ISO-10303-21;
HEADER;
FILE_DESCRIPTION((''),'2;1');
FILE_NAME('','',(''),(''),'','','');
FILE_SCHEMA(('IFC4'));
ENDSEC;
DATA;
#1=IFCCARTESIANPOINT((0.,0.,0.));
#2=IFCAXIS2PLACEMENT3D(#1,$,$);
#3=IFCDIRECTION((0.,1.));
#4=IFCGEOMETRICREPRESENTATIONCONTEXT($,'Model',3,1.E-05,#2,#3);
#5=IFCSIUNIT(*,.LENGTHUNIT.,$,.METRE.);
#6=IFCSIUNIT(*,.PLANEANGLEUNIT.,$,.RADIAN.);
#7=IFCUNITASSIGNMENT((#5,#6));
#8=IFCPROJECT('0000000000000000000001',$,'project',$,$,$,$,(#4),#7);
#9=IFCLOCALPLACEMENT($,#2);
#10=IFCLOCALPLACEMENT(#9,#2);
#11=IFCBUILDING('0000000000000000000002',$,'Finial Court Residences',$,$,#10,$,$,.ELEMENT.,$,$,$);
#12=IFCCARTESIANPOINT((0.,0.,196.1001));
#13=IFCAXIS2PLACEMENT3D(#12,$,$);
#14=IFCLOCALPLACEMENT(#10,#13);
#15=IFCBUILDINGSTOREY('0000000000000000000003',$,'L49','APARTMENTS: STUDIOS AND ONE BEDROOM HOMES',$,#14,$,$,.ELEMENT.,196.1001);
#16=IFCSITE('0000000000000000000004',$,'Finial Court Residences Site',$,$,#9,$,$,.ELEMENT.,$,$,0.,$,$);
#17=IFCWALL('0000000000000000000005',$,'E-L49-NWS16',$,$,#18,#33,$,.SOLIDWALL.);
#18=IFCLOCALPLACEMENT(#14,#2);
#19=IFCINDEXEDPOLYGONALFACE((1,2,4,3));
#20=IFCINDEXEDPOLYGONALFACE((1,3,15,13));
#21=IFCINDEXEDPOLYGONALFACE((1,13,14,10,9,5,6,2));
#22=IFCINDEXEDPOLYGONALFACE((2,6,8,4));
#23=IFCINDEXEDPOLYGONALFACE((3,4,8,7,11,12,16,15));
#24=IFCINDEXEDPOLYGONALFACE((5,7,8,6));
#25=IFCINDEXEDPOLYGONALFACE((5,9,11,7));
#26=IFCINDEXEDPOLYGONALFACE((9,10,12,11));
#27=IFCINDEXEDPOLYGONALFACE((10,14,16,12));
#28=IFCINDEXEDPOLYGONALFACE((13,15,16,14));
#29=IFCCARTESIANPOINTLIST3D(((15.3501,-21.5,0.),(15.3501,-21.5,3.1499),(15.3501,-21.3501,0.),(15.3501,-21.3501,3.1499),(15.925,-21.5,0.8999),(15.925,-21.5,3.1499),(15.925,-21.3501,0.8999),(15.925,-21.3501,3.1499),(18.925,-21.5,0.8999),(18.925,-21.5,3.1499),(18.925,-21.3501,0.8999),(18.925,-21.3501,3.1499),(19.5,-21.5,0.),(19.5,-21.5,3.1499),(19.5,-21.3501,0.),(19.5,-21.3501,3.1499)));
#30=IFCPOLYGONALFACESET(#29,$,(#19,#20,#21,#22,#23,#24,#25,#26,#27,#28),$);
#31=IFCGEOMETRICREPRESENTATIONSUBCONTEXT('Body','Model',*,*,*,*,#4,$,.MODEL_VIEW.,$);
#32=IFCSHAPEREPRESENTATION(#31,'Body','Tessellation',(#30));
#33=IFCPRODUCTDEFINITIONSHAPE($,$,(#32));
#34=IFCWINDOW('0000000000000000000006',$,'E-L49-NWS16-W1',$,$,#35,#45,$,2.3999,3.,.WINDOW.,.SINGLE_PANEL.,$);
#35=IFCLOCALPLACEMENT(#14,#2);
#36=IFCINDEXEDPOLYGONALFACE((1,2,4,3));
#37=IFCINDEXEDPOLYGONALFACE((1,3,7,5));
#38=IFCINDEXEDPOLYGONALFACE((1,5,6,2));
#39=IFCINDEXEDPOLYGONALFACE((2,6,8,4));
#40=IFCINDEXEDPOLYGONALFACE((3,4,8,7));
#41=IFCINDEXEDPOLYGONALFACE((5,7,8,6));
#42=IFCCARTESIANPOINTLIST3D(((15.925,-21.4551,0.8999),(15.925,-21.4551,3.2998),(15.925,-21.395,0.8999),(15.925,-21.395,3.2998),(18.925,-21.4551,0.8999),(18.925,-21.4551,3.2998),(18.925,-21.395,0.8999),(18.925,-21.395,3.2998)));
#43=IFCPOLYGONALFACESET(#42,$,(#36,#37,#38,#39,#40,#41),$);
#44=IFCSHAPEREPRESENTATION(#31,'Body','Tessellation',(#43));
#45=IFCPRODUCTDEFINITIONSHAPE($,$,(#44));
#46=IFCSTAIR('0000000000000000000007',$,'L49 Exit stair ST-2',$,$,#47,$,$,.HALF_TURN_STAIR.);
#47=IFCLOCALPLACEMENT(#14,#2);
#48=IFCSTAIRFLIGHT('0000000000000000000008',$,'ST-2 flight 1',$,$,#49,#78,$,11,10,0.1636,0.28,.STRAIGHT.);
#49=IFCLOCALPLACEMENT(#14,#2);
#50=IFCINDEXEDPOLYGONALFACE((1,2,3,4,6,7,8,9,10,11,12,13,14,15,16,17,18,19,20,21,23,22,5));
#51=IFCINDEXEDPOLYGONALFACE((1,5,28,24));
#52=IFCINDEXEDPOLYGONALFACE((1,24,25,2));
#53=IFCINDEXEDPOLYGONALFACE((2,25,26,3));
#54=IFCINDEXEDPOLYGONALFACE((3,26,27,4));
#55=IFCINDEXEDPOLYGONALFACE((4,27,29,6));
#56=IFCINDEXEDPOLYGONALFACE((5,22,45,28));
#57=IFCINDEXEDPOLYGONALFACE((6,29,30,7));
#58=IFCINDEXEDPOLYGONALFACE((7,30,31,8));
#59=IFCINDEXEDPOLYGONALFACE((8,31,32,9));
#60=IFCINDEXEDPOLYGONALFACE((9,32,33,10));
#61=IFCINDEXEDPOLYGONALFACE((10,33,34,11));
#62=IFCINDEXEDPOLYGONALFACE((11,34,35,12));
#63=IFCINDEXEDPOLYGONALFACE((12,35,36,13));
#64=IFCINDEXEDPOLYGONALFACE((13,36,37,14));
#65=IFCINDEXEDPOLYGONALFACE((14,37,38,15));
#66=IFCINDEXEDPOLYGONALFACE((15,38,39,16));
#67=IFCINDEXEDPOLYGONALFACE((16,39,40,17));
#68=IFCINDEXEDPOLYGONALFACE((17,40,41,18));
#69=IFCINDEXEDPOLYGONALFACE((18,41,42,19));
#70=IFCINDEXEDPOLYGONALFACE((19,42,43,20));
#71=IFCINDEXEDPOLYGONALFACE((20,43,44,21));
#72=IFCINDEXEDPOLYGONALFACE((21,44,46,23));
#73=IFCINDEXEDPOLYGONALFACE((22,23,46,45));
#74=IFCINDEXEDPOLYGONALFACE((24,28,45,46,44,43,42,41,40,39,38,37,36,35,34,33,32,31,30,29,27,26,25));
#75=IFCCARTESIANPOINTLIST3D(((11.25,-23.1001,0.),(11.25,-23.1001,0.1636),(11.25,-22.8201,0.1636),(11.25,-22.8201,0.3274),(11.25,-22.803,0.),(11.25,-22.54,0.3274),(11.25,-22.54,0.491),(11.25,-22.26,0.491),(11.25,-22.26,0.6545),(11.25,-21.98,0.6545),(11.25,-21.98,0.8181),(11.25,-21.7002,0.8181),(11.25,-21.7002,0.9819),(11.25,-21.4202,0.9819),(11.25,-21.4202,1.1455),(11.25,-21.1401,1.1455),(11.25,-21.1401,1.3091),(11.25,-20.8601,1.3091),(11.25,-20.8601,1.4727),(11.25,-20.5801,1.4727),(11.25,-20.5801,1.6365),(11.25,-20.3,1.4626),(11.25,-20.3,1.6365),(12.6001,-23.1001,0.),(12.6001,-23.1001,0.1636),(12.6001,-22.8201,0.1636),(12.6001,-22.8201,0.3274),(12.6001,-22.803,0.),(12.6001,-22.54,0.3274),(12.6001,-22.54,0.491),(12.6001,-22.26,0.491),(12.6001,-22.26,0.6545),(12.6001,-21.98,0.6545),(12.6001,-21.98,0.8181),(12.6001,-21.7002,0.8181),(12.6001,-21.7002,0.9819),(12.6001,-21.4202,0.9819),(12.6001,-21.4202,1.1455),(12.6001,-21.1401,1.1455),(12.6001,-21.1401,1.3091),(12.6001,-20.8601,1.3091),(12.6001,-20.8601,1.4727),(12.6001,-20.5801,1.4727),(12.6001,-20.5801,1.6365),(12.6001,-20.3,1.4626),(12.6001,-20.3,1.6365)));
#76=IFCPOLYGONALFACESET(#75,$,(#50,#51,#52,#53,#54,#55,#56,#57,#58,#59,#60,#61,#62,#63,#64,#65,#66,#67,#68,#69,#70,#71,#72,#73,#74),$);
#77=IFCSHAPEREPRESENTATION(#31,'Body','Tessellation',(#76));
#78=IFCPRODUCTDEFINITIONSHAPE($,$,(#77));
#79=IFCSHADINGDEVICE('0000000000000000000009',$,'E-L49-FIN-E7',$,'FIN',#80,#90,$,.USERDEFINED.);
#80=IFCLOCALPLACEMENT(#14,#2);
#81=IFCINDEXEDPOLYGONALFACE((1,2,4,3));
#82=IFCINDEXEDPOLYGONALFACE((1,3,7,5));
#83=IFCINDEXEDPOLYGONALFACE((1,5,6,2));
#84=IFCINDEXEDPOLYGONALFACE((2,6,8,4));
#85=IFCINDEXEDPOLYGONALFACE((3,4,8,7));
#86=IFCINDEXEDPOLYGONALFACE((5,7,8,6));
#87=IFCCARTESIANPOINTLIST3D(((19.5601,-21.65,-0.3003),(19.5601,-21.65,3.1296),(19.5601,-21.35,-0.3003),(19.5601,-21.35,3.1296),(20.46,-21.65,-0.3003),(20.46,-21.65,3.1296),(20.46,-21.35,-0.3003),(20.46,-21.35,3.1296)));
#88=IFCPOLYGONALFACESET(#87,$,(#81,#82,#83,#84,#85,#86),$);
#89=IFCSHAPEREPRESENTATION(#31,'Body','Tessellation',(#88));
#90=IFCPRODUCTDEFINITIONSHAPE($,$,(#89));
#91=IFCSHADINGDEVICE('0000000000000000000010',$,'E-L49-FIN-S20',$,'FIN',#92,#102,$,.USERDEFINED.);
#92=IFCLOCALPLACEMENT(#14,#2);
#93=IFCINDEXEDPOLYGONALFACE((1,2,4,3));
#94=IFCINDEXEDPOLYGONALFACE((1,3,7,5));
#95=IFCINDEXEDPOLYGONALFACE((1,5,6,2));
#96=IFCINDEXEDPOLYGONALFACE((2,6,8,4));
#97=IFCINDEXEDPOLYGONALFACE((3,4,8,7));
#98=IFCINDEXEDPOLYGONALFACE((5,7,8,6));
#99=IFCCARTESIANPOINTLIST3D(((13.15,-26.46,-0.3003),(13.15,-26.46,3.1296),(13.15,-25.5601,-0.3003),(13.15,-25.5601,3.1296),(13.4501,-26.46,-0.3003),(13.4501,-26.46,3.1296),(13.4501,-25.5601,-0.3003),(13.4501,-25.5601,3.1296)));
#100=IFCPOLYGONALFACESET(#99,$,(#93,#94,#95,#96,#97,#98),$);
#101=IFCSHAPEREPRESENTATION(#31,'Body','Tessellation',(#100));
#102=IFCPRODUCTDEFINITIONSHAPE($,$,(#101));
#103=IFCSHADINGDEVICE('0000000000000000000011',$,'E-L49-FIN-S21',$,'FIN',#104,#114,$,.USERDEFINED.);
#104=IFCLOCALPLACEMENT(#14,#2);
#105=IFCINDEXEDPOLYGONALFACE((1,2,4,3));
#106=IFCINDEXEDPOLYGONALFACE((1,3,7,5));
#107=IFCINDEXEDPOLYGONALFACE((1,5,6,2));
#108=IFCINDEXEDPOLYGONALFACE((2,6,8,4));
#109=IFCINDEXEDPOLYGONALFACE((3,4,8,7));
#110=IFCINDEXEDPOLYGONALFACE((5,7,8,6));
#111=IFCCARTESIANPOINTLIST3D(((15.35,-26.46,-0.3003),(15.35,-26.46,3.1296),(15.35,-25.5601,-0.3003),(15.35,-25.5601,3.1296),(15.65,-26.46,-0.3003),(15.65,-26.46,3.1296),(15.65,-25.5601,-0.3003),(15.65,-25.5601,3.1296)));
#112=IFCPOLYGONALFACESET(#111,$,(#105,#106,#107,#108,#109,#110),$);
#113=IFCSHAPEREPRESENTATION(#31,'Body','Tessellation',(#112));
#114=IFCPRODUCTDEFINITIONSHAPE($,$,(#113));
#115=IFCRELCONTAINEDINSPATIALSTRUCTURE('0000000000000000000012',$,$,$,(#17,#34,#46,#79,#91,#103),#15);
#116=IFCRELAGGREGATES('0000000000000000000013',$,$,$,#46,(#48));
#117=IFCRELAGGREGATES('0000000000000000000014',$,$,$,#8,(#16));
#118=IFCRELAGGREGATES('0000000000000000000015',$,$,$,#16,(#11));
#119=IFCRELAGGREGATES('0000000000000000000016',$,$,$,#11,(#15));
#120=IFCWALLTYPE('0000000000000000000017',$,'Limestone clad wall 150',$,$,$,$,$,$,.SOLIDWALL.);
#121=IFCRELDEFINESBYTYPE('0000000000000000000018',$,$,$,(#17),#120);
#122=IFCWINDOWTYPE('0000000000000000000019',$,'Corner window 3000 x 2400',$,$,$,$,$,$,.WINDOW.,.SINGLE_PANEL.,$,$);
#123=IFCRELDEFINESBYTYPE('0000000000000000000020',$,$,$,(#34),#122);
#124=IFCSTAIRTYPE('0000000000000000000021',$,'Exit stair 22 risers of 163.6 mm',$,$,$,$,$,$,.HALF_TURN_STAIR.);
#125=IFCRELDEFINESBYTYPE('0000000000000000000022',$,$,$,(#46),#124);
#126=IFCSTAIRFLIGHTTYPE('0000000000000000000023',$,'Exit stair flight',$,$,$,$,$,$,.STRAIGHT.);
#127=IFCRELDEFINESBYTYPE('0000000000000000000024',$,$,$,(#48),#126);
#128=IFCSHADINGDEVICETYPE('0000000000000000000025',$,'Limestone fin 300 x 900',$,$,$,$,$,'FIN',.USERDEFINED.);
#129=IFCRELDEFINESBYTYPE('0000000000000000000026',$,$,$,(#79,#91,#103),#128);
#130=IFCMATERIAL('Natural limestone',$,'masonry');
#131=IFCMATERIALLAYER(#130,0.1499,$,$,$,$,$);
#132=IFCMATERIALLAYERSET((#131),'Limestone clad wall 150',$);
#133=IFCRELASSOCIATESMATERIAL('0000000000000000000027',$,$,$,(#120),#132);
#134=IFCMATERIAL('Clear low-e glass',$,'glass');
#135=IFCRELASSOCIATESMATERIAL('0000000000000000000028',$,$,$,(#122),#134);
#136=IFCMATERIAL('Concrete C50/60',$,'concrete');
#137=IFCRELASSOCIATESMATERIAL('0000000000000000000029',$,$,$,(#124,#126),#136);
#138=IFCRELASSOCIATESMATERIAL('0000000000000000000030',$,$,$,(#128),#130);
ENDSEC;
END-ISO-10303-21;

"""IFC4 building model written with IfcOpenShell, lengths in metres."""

from ifc_helpers import new_model, si_unit, direction, frame, frame_2d, origin, origin_2d, place, context, subcontext, project, spatial, polyline, rectangle, outline, extrude, material, layer, layer_set, type_object, element, fill, aggregate, save


model = new_model("IFC4")

# Units and contexts
model_context = context("Model", 3, precision=1e-05, world=origin(), true_north=direction((0.0, 1.0)))
body_context = subcontext(model_context, "Body", "Model", "MODEL_VIEW")
ifc_project = project(units=[si_unit("LENGTHUNIT", "METRE"), si_unit("PLANEANGLEUNIT", "RADIAN")], contexts=[model_context])

# Site, building, storey
site_placement = place(None, origin())
site = spatial("IfcSite", under=ifc_project, at=site_placement, Name="Finial Court Residences Site", CompositionType="ELEMENT", RefElevation=0.0)
building_placement = place(site_placement, origin())
building = spatial("IfcBuilding", under=site, at=building_placement, Name="Finial Court Residences", CompositionType="ELEMENT")
storey_placement = place(building_placement, frame((0.0, 0.0, 196.1001)))
storey = spatial("IfcBuildingStorey", under=building, at=storey_placement, Name="L49", Description="APARTMENTS: STUDIOS AND ONE BEDROOM HOMES", CompositionType="ELEMENT", Elevation=196.1001)

# Shared definitions
ifc_material_1 = material(Name="Clear low-e glass", Category="glass")

# Wall, opening, window
ifc_material_2 = material(Name="Natural limestone", Category="masonry")
ifc_layer_1 = layer(ifc_material_2, 0.1499)
ifc_layer_set_1 = layer_set([ifc_layer_1], Name="Limestone clad wall 150")
wall_type_1 = type_object("IfcWallType", Name="Limestone clad wall 150", PredefinedType="SOLIDWALL", material=ifc_layer_set_1)
wall_1_placement = place(storey_placement, frame((19.5, -21.425, 0.0), z_axis=(0.0, 0.0, 1.0), x_axis=(-1.0, 0.0, 0.0)))
wall_1 = element("IfcWall", 1, at=wall_1_placement, inside=storey, type_object=wall_type_1, Name="E-L49-NWS16", PredefinedType="SOLIDWALL", context=body_context, shape_type="SweptSolid", body=[
    extrude(rectangle(XDim=4.1499, YDim=0.1499, at=frame_2d((2.075, 0.0))), origin(), (0.0, 0.0, 1.0), 3.1499),
])
opening_1_placement = place(wall_1_placement, frame((0.575, 0.0, 0.8999)))
opening_1 = element("IfcOpeningElement", 2, at=opening_1_placement, cuts=wall_1, PredefinedType="OPENING", context=body_context, shape_type="SweptSolid", body=[
    extrude(rectangle(XDim=3.0, YDim=2.3999, at=frame_2d((1.5, 1.2))), frame((0.0, 0.085, 0.0), z_axis=(0.0, -1.0, 0.0), x_axis=(1.0, 0.0, 0.0)), (0.0, 0.0, 1.0), 0.1699),
])
window_type_1 = type_object("IfcWindowType", Name="Corner window 3000 x 2400", PartitioningType="SINGLE_PANEL", PredefinedType="WINDOW", material=ifc_material_1)
window_1_placement = place(opening_1_placement, origin())
window_1 = element("IfcWindow", 3, at=window_1_placement, inside=storey, type_object=window_type_1, Name="E-L49-NWS16-W1", OverallHeight=2.3999, OverallWidth=3.0, PartitioningType="SINGLE_PANEL", PredefinedType="WINDOW", context=body_context, shape_type="SweptSolid", body=[
    extrude(rectangle(XDim=3.0, YDim=2.3999, at=frame_2d((1.5, 1.2))), frame((0.0, 0.03, 0.0), z_axis=(0.0, -1.0, 0.0), x_axis=(1.0, 0.0, 0.0)), (0.0, 0.0, 1.0), 0.0601),
])
fill(opening_1, window_1)

# Stair, stair flight
ifc_material_3 = material(Name="Concrete C50/60", Category="concrete")
stair_type = type_object("IfcStairType", Name="Exit stair 22 risers of 163.6 mm", PredefinedType="HALF_TURN_STAIR", material=ifc_material_3)
stair_placement = place(storey_placement, origin())
stair = element("IfcStair", 4, at=stair_placement, inside=storey, type_object=stair_type, Name="L49 Exit stair ST-2", PredefinedType="HALF_TURN_STAIR")
stair_flight_type = type_object("IfcStairFlightType", Name="Exit stair flight", PredefinedType="STRAIGHT", material=ifc_material_3)
stair_flight_placement = place(storey_placement, frame((11.925, -23.1001, 0.0), z_axis=(0.0, 0.0, 1.0), x_axis=(0.0, 1.0, 0.0)))
stair_flight = element("IfcStairFlight", 5, at=stair_flight_placement, type_object=stair_flight_type, Name="ST-2 flight 1", NumberOfRisers=11, NumberOfTreads=10, PredefinedType="STRAIGHT", RiserHeight=0.1636, TreadLength=0.28, context=body_context, shape_type="SweptSolid", body=[
    extrude(outline(polyline([(0.0, 0.0), (0.0, 0.1636), (0.28, 0.1636), (0.28, 0.3274), (0.5601, 0.3274), (0.5601, 0.491), (0.8401, 0.491), (0.8401, 0.6545), (1.1201, 0.6545), (1.1201, 0.8181), (1.3999, 0.8181), (1.3999, 0.9819), (1.6799, 0.9819), (1.6799, 1.1455), (1.96, 1.1455), (1.96, 1.3091), (2.24, 1.3091), (2.24, 1.4727), (2.52, 1.4727), (2.52, 1.6365), (2.8, 1.6365), (2.8, 1.8), (2.8, 1.4626), (0.2971, 0.0), (0.0, 0.0)])), frame((0.0, 0.675, 0.0), z_axis=(0.0, -1.0, 0.0), x_axis=(1.0, 0.0, 0.0)), (0.0, 0.0, 1.0), 1.3501),
])
aggregate(stair, [stair_flight])

# Shading devices
shading_device_type = type_object("IfcShadingDeviceType", Name="Limestone fin 300 x 900", ElementType="FIN", PredefinedType="USERDEFINED", material=ifc_material_2)
shading_device_placement = place(storey_placement, frame((20.01, -21.5, -0.3003), z_axis=(0.0, 0.0, 1.0), x_axis=(1.0, 0.0, 0.0)))
element("IfcShadingDevice", 6, at=shading_device_placement, inside=storey, type_object=shading_device_type, Name="E-L49-FIN-E7", ObjectType="FIN", PredefinedType="USERDEFINED", context=body_context, shape_type="SweptSolid", body=[
    extrude(rectangle(XDim=0.8999, YDim=0.3, at=origin_2d()), origin(), (0.0, 0.0, 1.0), 3.4299),
])
for number, where, z_axis, x_axis, name in (
    (7, (13.3, -26.01, -0.3003), (0.0, 0.0, 1.0), (1.0, 0.0, 0.0), "E-L49-FIN-S20"),
    (8, (15.5, -26.01, -0.3003), (0.0, 0.0, 1.0), (1.0, 0.0, 0.0), "E-L49-FIN-S21"),
):
    element("IfcShadingDevice", number, at=place(storey_placement, frame(where, z_axis=z_axis, x_axis=x_axis)), inside=storey, type_object=shading_device_type, Name=name, ObjectType="FIN", PredefinedType="USERDEFINED", context=body_context, shape_type="SweptSolid", body=[
        extrude(rectangle(XDim=0.3, YDim=0.8999, at=origin_2d()), origin(), (0.0, 0.0, 1.0), 3.4299),
    ])

save(model, "model.ifc")
